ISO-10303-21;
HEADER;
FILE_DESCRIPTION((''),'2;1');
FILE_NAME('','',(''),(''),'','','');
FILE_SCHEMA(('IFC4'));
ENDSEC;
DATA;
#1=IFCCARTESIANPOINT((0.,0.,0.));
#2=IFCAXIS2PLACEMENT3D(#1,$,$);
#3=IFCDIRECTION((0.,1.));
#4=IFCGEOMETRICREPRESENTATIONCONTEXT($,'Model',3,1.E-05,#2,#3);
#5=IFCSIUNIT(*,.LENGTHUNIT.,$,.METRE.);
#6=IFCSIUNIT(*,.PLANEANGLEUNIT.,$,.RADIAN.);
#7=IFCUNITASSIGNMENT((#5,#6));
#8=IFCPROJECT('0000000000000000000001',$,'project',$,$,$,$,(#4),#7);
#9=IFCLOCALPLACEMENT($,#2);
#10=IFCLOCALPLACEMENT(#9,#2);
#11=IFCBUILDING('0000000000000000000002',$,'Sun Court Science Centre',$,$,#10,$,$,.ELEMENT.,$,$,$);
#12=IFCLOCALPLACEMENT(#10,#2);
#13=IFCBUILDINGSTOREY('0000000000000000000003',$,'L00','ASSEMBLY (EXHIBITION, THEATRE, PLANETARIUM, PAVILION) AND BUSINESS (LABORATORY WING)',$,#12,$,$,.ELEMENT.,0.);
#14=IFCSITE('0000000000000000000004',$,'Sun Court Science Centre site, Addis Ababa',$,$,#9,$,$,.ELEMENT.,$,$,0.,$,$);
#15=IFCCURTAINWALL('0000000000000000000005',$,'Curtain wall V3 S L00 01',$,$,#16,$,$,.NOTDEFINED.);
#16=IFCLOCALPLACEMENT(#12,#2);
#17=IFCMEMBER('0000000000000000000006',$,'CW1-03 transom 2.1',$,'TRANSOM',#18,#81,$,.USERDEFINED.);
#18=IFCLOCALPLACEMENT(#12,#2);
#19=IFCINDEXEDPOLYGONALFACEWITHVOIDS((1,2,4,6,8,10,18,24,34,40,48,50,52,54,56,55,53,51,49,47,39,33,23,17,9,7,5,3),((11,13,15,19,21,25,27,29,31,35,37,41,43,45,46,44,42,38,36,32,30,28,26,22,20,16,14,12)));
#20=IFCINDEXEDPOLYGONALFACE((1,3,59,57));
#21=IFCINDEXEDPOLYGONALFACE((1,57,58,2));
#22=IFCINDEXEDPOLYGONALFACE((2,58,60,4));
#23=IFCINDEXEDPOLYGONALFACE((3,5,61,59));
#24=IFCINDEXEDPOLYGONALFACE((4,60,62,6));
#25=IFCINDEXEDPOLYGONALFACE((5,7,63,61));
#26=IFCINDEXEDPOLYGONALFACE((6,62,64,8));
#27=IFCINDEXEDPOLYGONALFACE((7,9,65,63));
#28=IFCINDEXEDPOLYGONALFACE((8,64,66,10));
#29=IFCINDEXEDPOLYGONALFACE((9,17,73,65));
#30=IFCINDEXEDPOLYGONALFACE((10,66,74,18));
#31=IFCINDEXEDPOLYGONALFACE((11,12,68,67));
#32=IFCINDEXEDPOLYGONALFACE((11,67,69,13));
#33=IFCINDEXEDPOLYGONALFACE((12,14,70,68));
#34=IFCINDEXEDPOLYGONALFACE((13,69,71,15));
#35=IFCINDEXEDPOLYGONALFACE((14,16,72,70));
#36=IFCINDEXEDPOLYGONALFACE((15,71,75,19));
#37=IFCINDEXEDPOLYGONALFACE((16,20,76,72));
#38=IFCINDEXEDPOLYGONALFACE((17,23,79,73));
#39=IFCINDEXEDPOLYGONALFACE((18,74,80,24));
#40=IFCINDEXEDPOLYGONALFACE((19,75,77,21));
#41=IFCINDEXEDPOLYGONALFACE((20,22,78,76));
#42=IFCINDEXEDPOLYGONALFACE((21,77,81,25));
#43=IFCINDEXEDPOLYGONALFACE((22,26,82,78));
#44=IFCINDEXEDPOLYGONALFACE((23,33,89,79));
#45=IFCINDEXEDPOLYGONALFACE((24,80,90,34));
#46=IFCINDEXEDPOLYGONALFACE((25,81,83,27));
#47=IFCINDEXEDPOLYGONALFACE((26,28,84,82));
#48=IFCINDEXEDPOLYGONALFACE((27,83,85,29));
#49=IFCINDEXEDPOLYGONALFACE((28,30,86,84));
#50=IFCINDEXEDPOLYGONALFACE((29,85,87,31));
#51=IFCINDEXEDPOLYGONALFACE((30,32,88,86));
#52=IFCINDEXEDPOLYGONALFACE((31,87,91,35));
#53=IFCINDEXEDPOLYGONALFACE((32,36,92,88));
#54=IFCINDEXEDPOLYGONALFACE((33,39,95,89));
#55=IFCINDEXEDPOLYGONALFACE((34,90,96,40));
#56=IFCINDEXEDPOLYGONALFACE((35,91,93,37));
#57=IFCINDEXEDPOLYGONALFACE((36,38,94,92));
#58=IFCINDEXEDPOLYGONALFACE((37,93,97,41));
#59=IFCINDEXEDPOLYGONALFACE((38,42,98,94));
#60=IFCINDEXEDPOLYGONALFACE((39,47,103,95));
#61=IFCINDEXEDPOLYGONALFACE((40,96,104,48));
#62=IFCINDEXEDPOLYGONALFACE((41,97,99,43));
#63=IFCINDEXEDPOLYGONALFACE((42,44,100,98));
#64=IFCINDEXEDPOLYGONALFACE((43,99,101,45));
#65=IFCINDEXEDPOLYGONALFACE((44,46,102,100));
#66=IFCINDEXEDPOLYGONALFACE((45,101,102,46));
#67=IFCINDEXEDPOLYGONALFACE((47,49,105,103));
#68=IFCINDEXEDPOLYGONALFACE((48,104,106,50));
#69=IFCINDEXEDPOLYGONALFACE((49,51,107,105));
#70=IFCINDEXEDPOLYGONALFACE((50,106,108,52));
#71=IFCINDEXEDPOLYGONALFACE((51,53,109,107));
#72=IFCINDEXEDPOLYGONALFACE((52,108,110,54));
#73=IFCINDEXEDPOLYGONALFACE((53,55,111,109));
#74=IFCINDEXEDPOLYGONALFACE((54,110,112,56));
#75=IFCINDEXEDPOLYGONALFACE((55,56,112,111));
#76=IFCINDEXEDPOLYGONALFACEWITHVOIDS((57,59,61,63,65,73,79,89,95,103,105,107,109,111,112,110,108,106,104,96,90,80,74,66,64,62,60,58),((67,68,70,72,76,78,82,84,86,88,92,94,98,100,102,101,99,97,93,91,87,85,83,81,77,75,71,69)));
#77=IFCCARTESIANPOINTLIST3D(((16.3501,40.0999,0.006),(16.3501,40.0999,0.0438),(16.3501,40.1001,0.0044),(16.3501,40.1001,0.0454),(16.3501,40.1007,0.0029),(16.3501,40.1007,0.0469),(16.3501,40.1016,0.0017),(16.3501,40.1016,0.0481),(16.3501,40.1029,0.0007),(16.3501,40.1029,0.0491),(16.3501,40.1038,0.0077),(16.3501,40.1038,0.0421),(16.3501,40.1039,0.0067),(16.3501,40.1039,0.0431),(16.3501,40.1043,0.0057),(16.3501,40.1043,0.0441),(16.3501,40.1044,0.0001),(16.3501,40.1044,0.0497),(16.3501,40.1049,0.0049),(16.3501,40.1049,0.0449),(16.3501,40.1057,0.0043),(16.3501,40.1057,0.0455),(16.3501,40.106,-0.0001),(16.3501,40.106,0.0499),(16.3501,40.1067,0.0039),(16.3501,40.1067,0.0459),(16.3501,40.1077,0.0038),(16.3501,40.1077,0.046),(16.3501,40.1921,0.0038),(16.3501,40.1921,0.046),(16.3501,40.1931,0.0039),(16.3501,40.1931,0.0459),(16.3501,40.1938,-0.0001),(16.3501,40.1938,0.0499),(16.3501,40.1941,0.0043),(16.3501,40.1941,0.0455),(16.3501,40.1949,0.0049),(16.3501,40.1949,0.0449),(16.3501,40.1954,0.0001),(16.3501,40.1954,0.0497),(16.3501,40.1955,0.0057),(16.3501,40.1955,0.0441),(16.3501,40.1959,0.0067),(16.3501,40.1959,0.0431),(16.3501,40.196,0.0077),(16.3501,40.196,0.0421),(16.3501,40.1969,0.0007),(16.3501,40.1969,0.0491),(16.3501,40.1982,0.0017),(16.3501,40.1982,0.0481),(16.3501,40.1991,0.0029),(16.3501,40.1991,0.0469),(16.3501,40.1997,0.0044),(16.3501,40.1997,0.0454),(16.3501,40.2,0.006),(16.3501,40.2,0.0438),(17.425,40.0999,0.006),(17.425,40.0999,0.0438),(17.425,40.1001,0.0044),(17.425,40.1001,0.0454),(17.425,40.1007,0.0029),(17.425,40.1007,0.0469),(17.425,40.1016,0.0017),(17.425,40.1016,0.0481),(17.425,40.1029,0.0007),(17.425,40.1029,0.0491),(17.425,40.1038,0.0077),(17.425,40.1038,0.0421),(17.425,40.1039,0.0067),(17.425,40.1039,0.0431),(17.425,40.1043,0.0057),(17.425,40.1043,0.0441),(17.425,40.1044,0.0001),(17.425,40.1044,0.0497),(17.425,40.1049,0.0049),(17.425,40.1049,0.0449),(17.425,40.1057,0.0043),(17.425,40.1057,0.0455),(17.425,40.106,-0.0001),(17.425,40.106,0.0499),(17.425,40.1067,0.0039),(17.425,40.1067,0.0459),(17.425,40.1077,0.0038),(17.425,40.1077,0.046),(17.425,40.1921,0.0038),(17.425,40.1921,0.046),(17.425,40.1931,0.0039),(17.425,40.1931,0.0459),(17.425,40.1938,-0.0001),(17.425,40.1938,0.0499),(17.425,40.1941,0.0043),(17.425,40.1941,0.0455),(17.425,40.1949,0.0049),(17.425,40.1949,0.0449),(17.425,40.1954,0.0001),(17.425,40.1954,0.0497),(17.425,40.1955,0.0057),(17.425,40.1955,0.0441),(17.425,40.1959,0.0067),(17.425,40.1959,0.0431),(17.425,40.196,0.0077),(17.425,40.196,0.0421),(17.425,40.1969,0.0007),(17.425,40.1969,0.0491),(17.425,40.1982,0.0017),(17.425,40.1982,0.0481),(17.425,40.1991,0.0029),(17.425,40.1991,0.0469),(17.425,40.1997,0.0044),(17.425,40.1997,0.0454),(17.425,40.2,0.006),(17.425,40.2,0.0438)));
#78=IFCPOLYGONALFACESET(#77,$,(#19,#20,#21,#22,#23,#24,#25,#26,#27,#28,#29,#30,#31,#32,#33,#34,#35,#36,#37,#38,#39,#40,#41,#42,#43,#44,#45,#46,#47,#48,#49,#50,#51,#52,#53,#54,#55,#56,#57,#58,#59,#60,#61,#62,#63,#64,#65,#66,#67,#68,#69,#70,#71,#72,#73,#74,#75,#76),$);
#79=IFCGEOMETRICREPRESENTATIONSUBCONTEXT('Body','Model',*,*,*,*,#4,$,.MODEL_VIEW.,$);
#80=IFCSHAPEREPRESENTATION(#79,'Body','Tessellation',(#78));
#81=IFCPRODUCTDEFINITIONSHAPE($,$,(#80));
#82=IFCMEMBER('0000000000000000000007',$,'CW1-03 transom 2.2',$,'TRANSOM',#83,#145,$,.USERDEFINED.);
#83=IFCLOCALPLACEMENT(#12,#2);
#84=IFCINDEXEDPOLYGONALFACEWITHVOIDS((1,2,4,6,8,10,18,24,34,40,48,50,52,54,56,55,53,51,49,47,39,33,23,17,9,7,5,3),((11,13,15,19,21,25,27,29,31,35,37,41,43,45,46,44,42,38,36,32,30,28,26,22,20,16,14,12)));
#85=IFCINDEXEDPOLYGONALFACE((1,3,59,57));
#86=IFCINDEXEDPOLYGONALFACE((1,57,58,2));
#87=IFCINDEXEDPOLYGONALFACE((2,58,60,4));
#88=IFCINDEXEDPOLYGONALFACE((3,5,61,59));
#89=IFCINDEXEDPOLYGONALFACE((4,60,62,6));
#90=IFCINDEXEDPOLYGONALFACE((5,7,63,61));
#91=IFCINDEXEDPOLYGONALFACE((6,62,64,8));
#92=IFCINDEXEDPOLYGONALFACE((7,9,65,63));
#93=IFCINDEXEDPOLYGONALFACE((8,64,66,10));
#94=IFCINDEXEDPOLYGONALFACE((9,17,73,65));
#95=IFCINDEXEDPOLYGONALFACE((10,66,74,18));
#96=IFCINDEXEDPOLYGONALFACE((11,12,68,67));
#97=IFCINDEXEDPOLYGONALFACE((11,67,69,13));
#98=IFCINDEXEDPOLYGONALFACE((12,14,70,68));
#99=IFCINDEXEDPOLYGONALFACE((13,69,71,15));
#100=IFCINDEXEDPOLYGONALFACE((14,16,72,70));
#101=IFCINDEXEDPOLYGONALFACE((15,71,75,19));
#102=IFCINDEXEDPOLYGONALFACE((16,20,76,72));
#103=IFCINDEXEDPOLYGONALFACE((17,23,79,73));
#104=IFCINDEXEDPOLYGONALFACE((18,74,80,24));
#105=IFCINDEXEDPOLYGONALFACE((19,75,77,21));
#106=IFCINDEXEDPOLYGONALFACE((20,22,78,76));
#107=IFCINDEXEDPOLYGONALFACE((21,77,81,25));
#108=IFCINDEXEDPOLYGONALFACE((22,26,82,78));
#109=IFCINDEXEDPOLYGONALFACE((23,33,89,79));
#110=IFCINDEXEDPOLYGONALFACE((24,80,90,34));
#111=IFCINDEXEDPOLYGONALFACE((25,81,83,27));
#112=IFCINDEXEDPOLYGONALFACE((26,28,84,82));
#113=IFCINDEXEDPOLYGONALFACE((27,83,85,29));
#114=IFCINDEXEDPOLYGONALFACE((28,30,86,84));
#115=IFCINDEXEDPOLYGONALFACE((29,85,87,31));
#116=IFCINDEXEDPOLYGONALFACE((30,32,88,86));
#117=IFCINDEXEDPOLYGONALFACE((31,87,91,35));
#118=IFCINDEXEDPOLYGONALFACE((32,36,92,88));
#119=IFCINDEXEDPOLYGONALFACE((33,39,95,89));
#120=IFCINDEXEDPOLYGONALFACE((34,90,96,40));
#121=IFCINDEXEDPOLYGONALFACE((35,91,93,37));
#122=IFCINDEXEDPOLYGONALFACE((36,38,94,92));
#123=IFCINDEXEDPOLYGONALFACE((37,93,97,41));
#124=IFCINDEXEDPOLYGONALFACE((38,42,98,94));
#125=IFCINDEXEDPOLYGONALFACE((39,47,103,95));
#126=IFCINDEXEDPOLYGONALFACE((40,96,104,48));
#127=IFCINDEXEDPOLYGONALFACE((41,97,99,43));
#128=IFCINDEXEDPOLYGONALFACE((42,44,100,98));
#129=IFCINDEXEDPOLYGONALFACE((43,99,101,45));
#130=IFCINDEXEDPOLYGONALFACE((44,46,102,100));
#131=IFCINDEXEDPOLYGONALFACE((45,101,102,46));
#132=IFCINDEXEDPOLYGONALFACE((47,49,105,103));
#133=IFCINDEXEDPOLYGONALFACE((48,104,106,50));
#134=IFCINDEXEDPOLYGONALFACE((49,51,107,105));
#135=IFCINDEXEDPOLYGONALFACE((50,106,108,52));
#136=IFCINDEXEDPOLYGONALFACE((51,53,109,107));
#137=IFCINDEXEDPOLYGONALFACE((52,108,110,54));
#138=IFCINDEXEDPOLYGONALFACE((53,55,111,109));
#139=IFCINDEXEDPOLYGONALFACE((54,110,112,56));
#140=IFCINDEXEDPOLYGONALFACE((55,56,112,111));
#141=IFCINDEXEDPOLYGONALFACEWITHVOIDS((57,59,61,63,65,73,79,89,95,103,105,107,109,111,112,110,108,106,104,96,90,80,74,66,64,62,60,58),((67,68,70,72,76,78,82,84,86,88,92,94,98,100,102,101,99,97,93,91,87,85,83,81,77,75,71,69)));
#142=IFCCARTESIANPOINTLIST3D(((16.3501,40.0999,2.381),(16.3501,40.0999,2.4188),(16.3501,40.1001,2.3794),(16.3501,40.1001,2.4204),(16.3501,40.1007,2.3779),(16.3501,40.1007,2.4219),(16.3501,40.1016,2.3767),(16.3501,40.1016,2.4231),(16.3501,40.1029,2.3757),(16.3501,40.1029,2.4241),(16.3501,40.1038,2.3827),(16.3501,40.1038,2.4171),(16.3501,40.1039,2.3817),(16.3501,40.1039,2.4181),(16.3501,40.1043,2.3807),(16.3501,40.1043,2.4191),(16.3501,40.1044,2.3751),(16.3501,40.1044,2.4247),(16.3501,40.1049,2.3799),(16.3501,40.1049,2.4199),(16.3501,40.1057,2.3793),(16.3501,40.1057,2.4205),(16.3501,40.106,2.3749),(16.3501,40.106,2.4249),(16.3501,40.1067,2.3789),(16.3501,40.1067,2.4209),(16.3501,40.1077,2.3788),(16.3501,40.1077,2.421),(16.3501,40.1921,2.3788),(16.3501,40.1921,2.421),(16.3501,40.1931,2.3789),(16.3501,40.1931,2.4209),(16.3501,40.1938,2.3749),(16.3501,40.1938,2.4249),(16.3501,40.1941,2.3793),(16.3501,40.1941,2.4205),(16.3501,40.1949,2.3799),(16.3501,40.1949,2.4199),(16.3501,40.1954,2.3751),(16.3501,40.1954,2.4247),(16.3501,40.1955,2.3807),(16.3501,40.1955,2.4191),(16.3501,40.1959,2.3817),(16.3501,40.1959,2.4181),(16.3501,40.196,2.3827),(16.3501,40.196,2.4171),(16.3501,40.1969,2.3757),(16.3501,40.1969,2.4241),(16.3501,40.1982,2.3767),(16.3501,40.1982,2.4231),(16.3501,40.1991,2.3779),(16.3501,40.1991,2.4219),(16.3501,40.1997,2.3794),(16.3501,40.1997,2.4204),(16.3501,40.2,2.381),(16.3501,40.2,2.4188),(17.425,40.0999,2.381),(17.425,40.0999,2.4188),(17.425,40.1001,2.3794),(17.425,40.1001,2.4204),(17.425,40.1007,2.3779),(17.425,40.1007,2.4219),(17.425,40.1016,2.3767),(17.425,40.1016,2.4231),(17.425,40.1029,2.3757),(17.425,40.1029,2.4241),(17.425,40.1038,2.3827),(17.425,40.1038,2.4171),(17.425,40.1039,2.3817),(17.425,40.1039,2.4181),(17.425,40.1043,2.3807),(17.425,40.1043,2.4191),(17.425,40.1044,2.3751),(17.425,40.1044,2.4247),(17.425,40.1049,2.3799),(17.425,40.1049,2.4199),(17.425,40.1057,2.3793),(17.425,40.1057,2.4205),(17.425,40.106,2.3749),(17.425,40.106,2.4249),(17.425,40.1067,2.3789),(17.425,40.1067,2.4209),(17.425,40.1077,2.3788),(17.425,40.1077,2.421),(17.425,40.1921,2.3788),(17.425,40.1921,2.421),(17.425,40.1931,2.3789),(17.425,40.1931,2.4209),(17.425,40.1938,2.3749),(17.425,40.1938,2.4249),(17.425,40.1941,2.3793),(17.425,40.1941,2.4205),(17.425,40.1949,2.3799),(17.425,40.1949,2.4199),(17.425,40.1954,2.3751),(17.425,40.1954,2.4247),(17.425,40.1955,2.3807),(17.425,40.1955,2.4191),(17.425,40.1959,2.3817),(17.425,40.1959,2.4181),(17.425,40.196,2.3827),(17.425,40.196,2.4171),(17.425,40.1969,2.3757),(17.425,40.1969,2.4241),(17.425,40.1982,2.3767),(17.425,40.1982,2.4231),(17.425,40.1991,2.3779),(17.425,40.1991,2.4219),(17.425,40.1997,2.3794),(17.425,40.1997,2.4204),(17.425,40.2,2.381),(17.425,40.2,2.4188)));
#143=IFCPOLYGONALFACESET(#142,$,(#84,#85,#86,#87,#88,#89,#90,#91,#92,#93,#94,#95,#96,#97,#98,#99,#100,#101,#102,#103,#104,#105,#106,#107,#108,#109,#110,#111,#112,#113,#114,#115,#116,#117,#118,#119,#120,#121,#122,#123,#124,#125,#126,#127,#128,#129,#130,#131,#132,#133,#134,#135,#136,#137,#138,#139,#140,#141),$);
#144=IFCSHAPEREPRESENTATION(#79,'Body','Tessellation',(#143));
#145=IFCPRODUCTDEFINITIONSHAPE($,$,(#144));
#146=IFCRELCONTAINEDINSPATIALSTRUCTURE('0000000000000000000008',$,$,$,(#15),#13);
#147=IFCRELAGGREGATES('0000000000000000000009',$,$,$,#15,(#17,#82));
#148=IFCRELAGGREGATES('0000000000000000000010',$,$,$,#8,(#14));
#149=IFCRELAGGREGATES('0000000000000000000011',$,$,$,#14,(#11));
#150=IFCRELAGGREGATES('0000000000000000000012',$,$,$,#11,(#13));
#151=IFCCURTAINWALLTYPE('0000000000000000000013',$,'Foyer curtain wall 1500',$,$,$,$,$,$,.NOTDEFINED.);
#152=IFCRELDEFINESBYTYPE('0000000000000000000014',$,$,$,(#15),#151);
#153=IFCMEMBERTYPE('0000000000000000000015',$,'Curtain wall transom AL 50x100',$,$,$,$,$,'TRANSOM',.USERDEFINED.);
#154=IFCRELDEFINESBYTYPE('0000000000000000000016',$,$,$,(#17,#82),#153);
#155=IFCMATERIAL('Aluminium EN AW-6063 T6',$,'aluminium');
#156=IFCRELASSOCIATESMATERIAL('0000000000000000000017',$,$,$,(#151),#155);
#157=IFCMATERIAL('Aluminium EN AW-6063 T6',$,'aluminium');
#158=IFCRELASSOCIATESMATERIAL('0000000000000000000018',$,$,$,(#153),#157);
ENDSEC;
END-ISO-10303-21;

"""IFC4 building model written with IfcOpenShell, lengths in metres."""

from ifc_helpers import new_model, si_unit, direction, frame, origin, origin_2d, place, context, subcontext, project, spatial, hollow_rectangle, extrude, material, material_profile, profile_set, type_object, element, aggregate, save


model = new_model("IFC4")

# Units and contexts
model_context = context("Model", 3, precision=1e-05, world=origin(), true_north=direction((0.0, 1.0)))
body_context = subcontext(model_context, "Body", "Model", "MODEL_VIEW")
ifc_project = project(units=[si_unit("LENGTHUNIT", "METRE"), si_unit("PLANEANGLEUNIT", "RADIAN")], contexts=[model_context])

# Site, building, storey
site_placement = place(None, origin())
site = spatial("IfcSite", under=ifc_project, at=site_placement, Name="Sun Court Science Centre site, Addis Ababa", CompositionType="ELEMENT", RefElevation=0.0)
building_placement = place(site_placement, origin())
building = spatial("IfcBuilding", under=site, at=building_placement, Name="Sun Court Science Centre", CompositionType="ELEMENT")
storey_placement = place(building_placement, origin())
storey = spatial("IfcBuildingStorey", under=building, at=storey_placement, Name="L00", Description="ASSEMBLY (EXHIBITION, THEATRE, PLANETARIUM, PAVILION) AND BUSINESS (LABORATORY WING)", CompositionType="ELEMENT", Elevation=0.0)

# Curtain wall
ifc_material_1 = material(Name="Aluminium EN AW-6063 T6", Category="aluminium")
curtain_wall_type = type_object("IfcCurtainWallType", Name="Foyer curtain wall 1500", PredefinedType="NOTDEFINED", material=ifc_material_1)
curtain_wall_1_placement = place(storey_placement, origin())
curtain_wall_1 = element("IfcCurtainWall", 1, at=curtain_wall_1_placement, inside=storey, type_object=curtain_wall_type, Name="Curtain wall V3 S L00 01", PredefinedType="NOTDEFINED")

# Members
ifc_material_2 = material(Name="Aluminium EN AW-6063 T6", Category="aluminium")
ifc_material_profile_1 = material_profile(ifc_material_2, hollow_rectangle(XDim=0.05, YDim=0.1001, WallThickness=0.0039, InnerFilletRadius=0.0039, OuterFilletRadius=0.0061, at=origin_2d()), Name="AL 50x100x4")
ifc_profile_set_1 = profile_set([ifc_material_profile_1], Name="Aluminium EN AW-6063 T6")
member_type_1 = type_object("IfcMemberType", Name="Curtain wall transom AL 50x100", ElementType="TRANSOM", PredefinedType="USERDEFINED", material=ifc_profile_set_1)
member_1_placement = place(storey_placement, frame((17.425, 40.1499, 0.0249), z_axis=(-1.0, 0.0, 0.0), x_axis=(0.0, 0.0, 1.0)))
member_1 = element("IfcMember", 2, at=member_1_placement, type_object=member_type_1, Name="CW1-03 transom 2.1", ObjectType="TRANSOM", PredefinedType="USERDEFINED", context=body_context, shape_type="SweptSolid", body=[
    extrude(hollow_rectangle(XDim=0.05, YDim=0.1001, WallThickness=0.0039, InnerFilletRadius=0.0039, OuterFilletRadius=0.0061, at=origin_2d()), origin(), (0.0, 0.0, 1.0), 1.075),
])
member_2_placement = place(storey_placement, frame((17.425, 40.1499, 2.3999), z_axis=(-1.0, 0.0, 0.0), x_axis=(0.0, 0.0, 1.0)))
member_2 = element("IfcMember", 3, at=member_2_placement, type_object=member_type_1, Name="CW1-03 transom 2.2", ObjectType="TRANSOM", PredefinedType="USERDEFINED", context=body_context, shape_type="SweptSolid", body=[
    extrude(hollow_rectangle(XDim=0.05, YDim=0.1001, WallThickness=0.0039, InnerFilletRadius=0.0039, OuterFilletRadius=0.0061, at=origin_2d()), origin(), (0.0, 0.0, 1.0), 1.075),
])

aggregate(curtain_wall_1, [member_1, member_2])

save(model, "model.ifc")
